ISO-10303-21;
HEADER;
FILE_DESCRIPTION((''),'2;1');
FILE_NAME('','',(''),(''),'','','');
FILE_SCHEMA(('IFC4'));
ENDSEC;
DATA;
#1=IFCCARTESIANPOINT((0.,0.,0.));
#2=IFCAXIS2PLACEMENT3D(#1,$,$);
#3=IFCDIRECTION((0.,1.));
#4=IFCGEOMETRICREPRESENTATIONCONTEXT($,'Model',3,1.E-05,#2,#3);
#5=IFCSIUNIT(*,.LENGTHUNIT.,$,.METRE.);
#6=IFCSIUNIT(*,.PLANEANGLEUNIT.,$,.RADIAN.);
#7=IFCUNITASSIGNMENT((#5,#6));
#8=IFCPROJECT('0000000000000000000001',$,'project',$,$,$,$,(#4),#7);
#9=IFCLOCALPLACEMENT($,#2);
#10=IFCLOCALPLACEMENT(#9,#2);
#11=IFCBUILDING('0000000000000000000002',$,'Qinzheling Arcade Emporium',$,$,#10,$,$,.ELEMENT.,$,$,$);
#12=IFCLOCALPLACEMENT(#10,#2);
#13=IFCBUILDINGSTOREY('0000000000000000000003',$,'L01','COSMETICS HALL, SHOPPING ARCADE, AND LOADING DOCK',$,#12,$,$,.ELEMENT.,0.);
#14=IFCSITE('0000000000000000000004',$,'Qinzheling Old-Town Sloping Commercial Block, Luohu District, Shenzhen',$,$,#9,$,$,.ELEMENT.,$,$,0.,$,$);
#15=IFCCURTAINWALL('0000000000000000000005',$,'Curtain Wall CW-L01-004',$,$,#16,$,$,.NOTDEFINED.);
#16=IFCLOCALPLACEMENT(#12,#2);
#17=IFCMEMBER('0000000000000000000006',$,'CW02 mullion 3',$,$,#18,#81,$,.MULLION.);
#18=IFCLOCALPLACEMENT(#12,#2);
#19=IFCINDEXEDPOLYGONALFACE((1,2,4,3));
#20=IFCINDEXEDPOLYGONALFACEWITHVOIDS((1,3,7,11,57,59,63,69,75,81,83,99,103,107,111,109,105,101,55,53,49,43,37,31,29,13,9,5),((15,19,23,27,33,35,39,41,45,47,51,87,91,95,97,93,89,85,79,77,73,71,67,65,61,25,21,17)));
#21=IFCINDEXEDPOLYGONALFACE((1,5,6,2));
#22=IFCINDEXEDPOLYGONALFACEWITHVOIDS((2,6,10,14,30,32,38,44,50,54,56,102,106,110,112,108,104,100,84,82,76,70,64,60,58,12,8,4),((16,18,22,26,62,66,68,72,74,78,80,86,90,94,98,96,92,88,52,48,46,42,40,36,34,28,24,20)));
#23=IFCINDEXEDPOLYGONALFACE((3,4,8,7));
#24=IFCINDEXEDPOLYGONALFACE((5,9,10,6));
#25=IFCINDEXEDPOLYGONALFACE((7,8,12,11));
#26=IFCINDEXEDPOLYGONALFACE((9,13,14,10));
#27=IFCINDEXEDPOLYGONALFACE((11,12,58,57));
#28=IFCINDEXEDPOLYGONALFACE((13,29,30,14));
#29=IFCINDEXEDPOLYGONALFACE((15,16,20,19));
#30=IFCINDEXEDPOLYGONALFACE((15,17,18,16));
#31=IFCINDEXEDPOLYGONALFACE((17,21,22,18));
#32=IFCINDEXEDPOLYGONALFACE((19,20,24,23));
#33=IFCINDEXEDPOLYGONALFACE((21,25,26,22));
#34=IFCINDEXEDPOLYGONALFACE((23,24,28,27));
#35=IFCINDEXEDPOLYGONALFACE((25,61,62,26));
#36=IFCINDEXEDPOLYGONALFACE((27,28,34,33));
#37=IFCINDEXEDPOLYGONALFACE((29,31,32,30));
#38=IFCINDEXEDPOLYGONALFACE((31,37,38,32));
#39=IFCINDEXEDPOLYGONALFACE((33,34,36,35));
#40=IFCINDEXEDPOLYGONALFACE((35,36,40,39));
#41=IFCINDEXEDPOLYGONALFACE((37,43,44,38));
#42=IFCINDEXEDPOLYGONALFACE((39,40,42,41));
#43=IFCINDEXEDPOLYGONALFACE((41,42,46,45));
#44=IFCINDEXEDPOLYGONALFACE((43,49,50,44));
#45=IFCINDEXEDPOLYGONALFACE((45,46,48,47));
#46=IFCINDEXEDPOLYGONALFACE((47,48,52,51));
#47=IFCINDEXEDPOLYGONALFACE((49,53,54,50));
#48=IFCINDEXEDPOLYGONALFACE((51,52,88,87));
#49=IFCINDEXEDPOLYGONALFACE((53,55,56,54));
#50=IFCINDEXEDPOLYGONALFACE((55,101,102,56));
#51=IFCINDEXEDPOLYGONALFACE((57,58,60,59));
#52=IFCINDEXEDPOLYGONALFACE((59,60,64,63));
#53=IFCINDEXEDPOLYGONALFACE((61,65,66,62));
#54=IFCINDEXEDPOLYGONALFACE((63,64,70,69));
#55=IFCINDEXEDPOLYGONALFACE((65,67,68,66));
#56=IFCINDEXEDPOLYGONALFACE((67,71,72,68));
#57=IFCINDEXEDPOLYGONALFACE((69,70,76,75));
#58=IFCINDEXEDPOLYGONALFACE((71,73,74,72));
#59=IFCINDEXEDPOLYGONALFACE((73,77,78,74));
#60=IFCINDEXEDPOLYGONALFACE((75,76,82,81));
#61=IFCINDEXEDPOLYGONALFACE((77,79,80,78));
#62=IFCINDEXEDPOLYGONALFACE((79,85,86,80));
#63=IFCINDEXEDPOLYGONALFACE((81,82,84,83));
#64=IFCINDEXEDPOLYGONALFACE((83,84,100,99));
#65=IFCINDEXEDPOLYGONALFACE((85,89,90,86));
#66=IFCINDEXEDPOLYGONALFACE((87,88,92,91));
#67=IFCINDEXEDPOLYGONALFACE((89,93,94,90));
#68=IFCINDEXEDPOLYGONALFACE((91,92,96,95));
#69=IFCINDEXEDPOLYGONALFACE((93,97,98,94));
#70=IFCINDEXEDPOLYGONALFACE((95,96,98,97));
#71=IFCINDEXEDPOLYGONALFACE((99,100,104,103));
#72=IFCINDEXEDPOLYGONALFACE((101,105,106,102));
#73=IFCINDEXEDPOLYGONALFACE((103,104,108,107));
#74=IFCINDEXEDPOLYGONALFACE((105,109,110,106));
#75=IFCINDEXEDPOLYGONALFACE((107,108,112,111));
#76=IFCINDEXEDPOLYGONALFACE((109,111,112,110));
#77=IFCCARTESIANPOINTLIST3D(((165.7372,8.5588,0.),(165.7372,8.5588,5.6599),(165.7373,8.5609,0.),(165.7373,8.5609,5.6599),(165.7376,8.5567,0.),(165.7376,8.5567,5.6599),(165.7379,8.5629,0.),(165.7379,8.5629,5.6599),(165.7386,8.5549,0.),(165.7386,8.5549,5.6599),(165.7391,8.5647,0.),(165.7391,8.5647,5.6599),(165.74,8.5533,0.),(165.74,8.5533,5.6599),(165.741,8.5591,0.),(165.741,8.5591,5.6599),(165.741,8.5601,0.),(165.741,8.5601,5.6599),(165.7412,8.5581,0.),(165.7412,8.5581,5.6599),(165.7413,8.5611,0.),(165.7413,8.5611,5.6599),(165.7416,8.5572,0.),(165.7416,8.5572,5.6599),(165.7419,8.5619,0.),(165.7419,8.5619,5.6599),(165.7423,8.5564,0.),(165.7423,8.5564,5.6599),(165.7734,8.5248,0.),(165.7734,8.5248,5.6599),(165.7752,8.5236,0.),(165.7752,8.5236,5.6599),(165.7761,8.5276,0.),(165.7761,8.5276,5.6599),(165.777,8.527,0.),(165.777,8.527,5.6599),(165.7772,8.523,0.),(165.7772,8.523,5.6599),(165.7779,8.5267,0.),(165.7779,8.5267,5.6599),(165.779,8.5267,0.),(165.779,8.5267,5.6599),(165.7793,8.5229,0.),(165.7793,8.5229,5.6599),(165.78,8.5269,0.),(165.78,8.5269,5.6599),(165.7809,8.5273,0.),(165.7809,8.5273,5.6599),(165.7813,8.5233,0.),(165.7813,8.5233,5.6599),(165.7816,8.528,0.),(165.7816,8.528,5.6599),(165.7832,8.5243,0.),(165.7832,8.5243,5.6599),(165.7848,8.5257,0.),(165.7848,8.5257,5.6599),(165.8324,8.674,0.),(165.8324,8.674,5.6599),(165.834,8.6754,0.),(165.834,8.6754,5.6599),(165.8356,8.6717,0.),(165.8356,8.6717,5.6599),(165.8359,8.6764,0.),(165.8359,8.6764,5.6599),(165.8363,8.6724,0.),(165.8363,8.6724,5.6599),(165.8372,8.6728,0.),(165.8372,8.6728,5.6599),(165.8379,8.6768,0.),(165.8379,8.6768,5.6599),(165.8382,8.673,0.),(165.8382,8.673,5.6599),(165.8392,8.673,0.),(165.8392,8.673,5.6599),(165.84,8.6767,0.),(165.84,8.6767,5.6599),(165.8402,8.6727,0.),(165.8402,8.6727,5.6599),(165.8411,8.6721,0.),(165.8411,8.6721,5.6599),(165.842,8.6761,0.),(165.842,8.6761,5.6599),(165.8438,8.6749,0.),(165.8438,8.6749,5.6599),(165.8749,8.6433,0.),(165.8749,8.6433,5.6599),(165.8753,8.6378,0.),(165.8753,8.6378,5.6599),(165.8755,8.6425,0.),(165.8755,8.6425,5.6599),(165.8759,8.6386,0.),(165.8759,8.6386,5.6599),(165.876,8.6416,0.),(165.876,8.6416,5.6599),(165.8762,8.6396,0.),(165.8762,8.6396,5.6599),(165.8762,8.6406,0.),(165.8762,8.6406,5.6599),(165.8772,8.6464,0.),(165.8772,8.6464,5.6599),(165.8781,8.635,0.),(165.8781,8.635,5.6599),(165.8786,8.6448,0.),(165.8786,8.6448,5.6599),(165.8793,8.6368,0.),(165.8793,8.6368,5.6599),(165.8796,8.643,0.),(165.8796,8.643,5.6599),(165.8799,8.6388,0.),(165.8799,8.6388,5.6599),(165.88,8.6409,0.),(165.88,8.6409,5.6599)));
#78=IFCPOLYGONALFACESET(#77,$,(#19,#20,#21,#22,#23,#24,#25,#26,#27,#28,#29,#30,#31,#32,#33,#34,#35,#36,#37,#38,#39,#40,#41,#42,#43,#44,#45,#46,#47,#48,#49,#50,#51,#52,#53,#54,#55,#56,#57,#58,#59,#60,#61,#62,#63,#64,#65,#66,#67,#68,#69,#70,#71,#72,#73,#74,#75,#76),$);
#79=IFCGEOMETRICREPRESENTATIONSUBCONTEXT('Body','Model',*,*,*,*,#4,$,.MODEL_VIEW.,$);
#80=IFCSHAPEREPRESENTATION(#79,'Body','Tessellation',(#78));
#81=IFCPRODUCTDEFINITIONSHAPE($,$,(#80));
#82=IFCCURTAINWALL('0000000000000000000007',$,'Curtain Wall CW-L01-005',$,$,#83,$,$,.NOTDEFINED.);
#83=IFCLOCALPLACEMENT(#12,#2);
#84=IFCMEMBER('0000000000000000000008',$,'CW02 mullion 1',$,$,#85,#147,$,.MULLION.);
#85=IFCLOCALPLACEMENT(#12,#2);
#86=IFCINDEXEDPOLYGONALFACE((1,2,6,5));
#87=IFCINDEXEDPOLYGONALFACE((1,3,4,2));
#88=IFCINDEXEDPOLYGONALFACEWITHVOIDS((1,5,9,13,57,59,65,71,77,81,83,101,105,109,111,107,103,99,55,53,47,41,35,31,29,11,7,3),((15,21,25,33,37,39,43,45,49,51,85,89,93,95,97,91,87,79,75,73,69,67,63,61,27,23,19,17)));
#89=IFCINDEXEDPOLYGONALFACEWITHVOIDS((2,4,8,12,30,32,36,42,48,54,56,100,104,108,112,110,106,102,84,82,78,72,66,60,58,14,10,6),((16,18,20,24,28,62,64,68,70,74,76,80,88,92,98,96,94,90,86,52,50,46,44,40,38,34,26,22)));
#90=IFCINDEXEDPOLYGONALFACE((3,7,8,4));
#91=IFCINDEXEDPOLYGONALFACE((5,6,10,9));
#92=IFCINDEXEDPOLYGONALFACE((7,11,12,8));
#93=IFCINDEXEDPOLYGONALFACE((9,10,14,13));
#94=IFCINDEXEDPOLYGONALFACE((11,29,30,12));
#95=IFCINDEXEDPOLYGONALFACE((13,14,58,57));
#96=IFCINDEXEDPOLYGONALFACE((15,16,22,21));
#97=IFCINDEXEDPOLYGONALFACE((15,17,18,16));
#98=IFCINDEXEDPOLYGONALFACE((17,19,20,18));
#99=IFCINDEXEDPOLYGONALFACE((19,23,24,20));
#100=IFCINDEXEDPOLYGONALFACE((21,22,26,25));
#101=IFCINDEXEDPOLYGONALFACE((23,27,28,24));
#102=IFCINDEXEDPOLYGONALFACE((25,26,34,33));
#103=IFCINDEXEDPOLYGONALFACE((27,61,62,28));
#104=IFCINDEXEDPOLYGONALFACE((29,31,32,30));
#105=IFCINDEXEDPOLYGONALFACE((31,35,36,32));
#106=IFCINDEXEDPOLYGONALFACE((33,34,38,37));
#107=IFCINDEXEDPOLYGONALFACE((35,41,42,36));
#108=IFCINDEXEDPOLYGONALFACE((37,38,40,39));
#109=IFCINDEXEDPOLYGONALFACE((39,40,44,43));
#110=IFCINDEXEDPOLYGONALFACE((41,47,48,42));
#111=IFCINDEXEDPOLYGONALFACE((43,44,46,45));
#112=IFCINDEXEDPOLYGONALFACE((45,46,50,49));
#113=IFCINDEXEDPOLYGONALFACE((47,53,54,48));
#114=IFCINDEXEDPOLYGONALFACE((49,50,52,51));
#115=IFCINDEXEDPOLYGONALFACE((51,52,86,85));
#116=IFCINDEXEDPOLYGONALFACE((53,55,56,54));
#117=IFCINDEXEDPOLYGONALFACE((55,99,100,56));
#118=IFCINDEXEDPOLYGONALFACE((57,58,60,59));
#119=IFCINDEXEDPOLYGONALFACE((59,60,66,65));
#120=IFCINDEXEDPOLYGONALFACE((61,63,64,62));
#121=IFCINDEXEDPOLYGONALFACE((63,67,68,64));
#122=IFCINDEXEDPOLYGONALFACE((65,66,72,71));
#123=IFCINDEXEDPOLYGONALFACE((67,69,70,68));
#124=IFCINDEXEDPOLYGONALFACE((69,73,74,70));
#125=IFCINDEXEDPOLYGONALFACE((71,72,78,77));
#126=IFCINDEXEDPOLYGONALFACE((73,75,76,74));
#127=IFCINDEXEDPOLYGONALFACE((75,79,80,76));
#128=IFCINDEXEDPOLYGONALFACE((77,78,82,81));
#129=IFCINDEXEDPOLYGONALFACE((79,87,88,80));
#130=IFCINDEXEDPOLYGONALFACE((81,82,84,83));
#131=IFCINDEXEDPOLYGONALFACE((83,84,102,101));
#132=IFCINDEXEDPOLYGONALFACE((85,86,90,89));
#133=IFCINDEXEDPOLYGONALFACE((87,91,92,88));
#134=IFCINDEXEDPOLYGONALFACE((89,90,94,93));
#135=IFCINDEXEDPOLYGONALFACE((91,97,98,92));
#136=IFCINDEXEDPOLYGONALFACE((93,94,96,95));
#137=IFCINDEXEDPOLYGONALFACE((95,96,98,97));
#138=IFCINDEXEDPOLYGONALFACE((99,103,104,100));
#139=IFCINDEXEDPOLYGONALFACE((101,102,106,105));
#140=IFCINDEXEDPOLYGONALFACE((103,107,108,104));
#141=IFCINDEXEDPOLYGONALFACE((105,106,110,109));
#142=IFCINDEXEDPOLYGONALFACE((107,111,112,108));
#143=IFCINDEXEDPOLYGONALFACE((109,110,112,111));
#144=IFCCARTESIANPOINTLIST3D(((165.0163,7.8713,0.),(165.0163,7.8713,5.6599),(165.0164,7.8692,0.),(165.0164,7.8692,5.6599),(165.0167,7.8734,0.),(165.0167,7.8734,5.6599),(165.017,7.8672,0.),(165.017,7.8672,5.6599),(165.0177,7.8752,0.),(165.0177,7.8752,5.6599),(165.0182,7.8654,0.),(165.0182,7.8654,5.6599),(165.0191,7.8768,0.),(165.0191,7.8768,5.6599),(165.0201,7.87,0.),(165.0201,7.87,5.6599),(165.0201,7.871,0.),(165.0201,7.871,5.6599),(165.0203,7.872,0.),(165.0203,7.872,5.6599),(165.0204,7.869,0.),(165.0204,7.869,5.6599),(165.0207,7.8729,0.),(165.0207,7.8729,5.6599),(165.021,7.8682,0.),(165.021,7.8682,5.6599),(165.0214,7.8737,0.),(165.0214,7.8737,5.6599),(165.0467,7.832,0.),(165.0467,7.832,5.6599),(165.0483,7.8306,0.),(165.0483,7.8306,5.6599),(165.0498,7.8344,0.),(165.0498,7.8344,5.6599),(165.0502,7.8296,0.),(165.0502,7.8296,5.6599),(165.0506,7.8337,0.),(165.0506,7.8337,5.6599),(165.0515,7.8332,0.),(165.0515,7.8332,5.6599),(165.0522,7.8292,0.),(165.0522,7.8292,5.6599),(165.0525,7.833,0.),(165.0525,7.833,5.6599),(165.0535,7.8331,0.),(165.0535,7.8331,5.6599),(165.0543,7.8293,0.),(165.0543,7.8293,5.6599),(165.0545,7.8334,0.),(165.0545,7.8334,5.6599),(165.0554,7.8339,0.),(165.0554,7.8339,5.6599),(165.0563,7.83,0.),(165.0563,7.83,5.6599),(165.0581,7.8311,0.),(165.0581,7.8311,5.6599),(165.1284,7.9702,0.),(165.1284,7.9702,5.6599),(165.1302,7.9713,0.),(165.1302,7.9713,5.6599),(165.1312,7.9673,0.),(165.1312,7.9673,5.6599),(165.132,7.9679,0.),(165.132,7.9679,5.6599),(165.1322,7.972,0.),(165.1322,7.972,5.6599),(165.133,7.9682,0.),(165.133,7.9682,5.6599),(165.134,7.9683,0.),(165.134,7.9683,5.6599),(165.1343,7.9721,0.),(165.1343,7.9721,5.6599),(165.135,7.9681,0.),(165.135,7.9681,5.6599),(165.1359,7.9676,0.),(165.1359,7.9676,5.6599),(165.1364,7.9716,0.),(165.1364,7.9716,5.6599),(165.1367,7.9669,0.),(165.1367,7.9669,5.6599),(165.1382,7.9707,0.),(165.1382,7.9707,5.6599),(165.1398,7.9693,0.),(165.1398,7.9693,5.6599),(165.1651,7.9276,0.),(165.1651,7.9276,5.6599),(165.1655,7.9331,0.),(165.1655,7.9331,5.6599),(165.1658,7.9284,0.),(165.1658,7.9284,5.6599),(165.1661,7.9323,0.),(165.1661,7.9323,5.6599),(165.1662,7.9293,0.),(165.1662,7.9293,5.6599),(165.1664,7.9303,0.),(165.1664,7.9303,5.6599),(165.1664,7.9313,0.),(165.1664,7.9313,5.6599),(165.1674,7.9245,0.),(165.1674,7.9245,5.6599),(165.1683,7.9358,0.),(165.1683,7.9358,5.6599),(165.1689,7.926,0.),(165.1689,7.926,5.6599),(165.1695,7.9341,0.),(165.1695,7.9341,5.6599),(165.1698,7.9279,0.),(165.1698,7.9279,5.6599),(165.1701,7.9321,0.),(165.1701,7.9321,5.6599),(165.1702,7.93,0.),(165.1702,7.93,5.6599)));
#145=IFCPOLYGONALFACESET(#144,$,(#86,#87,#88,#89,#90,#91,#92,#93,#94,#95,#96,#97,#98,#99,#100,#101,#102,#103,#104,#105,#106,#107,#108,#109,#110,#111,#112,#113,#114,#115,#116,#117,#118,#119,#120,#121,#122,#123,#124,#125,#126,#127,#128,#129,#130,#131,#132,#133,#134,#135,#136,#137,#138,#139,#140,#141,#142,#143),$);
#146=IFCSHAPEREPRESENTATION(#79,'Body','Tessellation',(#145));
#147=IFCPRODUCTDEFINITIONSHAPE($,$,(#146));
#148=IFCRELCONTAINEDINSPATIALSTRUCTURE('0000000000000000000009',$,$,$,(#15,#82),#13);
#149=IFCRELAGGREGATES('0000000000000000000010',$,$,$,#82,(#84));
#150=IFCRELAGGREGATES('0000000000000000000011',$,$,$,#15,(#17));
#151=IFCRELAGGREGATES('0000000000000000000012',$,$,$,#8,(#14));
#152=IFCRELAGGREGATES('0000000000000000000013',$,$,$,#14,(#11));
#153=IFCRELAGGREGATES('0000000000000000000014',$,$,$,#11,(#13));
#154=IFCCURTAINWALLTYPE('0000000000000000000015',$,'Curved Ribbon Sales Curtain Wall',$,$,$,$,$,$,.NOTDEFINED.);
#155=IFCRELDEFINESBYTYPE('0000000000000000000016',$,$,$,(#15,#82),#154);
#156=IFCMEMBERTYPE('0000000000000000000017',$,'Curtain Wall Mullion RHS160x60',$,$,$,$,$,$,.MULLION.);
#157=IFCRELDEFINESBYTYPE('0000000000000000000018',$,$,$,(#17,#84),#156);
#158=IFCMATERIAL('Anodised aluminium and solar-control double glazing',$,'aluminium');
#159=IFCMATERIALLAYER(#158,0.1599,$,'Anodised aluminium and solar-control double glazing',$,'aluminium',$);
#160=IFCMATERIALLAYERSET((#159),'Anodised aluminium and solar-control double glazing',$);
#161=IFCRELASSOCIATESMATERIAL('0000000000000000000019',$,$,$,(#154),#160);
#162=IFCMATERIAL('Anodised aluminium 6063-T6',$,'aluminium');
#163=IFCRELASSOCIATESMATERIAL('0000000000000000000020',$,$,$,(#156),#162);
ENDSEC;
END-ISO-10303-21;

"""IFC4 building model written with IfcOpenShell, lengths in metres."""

from ifc_helpers import new_model, si_unit, direction, frame, origin, origin_2d, place, context, subcontext, project, spatial, hollow_rectangle, extrude, material, layer, layer_set, material_profile, profile_set, type_object, element, aggregate, save


model = new_model("IFC4")

# Units and contexts
model_context = context("Model", 3, precision=1e-05, world=origin(), true_north=direction((0.0, 1.0)))
body_context = subcontext(model_context, "Body", "Model", "MODEL_VIEW")
ifc_project = project(units=[si_unit("LENGTHUNIT", "METRE"), si_unit("PLANEANGLEUNIT", "RADIAN")], contexts=[model_context])

# Site, building, storey
site_placement = place(None, origin())
site = spatial("IfcSite", under=ifc_project, at=site_placement, Name="Qinzheling Old-Town Sloping Commercial Block, Luohu District, Shenzhen", CompositionType="ELEMENT", RefElevation=0.0)
building_placement = place(site_placement, origin())
building = spatial("IfcBuilding", under=site, at=building_placement, Name="Qinzheling Arcade Emporium", CompositionType="ELEMENT")
storey_placement = place(building_placement, origin())
storey = spatial("IfcBuildingStorey", under=building, at=storey_placement, Name="L01", Description="COSMETICS HALL, SHOPPING ARCADE, AND LOADING DOCK", CompositionType="ELEMENT", Elevation=0.0)

# Shared definitions
ifc_material_1 = material(Name="Anodised aluminium and solar-control double glazing", Category="aluminium")
ifc_layer_1 = layer(ifc_material_1, 0.1599, Name="Anodised aluminium and solar-control double glazing", Category="aluminium")
ifc_layer_set_1 = layer_set([ifc_layer_1], Name="Anodised aluminium and solar-control double glazing")
curtain_wall_type = type_object("IfcCurtainWallType", Name="Curved Ribbon Sales Curtain Wall", PredefinedType="NOTDEFINED", material=ifc_layer_set_1)
ifc_material_2 = material(Name="Anodised aluminium 6063-T6", Category="aluminium")
ifc_material_profile_1 = material_profile(ifc_material_2, hollow_rectangle(XDim=0.0601, YDim=0.1599, WallThickness=0.0039, InnerFilletRadius=0.0039, OuterFilletRadius=0.0081, at=origin_2d()), Name="RHS 160x60x4", Category="aluminium")
ifc_profile_set_1 = profile_set([ifc_material_profile_1], Name="Anodised aluminium 6063-T6")
member_type_1 = type_object("IfcMemberType", Name="Curtain Wall Mullion RHS160x60", PredefinedType="MULLION", material=ifc_profile_set_1)

# Curtain wall, member
curtain_wall_1_placement = place(storey_placement, origin())
curtain_wall_1 = element("IfcCurtainWall", 1, at=curtain_wall_1_placement, inside=storey, type_object=curtain_wall_type, Name="Curtain Wall CW-L01-004", PredefinedType="NOTDEFINED")
member_1_placement = place(storey_placement, frame((165.8086, 8.5999, 0.0), z_axis=(0.0, 0.0, 1.0), x_axis=(0.760624, -0.649193, 0.0)))
member_1 = element("IfcMember", 2, at=member_1_placement, type_object=member_type_1, Name="CW02 mullion 3", PredefinedType="MULLION", context=body_context, shape_type="SweptSolid", body=[
    extrude(hollow_rectangle(XDim=0.0601, YDim=0.1599, WallThickness=0.0039, InnerFilletRadius=0.0039, OuterFilletRadius=0.0081, at=origin_2d()), origin(), (0.0, 0.0, 1.0), 5.6599),
])

# Curtain wall, member
curtain_wall_2_placement = place(storey_placement, origin())
curtain_wall_2 = element("IfcCurtainWall", 3, at=curtain_wall_2_placement, inside=storey, type_object=curtain_wall_type, Name="Curtain Wall CW-L01-005", PredefinedType="NOTDEFINED")
member_2_placement = place(storey_placement, frame((165.0933, 7.9006, 0.0), z_axis=(0.0, 0.0, 1.0), x_axis=(0.649275, -0.760554, 0.0)))
member_2 = element("IfcMember", 4, at=member_2_placement, type_object=member_type_1, Name="CW02 mullion 1", PredefinedType="MULLION", context=body_context, shape_type="SweptSolid", body=[
    extrude(hollow_rectangle(XDim=0.0601, YDim=0.1599, WallThickness=0.0039, InnerFilletRadius=0.0039, OuterFilletRadius=0.0081, at=origin_2d()), origin(), (0.0, 0.0, 1.0), 5.6599),
])

aggregate(curtain_wall_2, [member_2])

aggregate(curtain_wall_1, [member_1])

save(model, "model.ifc")
